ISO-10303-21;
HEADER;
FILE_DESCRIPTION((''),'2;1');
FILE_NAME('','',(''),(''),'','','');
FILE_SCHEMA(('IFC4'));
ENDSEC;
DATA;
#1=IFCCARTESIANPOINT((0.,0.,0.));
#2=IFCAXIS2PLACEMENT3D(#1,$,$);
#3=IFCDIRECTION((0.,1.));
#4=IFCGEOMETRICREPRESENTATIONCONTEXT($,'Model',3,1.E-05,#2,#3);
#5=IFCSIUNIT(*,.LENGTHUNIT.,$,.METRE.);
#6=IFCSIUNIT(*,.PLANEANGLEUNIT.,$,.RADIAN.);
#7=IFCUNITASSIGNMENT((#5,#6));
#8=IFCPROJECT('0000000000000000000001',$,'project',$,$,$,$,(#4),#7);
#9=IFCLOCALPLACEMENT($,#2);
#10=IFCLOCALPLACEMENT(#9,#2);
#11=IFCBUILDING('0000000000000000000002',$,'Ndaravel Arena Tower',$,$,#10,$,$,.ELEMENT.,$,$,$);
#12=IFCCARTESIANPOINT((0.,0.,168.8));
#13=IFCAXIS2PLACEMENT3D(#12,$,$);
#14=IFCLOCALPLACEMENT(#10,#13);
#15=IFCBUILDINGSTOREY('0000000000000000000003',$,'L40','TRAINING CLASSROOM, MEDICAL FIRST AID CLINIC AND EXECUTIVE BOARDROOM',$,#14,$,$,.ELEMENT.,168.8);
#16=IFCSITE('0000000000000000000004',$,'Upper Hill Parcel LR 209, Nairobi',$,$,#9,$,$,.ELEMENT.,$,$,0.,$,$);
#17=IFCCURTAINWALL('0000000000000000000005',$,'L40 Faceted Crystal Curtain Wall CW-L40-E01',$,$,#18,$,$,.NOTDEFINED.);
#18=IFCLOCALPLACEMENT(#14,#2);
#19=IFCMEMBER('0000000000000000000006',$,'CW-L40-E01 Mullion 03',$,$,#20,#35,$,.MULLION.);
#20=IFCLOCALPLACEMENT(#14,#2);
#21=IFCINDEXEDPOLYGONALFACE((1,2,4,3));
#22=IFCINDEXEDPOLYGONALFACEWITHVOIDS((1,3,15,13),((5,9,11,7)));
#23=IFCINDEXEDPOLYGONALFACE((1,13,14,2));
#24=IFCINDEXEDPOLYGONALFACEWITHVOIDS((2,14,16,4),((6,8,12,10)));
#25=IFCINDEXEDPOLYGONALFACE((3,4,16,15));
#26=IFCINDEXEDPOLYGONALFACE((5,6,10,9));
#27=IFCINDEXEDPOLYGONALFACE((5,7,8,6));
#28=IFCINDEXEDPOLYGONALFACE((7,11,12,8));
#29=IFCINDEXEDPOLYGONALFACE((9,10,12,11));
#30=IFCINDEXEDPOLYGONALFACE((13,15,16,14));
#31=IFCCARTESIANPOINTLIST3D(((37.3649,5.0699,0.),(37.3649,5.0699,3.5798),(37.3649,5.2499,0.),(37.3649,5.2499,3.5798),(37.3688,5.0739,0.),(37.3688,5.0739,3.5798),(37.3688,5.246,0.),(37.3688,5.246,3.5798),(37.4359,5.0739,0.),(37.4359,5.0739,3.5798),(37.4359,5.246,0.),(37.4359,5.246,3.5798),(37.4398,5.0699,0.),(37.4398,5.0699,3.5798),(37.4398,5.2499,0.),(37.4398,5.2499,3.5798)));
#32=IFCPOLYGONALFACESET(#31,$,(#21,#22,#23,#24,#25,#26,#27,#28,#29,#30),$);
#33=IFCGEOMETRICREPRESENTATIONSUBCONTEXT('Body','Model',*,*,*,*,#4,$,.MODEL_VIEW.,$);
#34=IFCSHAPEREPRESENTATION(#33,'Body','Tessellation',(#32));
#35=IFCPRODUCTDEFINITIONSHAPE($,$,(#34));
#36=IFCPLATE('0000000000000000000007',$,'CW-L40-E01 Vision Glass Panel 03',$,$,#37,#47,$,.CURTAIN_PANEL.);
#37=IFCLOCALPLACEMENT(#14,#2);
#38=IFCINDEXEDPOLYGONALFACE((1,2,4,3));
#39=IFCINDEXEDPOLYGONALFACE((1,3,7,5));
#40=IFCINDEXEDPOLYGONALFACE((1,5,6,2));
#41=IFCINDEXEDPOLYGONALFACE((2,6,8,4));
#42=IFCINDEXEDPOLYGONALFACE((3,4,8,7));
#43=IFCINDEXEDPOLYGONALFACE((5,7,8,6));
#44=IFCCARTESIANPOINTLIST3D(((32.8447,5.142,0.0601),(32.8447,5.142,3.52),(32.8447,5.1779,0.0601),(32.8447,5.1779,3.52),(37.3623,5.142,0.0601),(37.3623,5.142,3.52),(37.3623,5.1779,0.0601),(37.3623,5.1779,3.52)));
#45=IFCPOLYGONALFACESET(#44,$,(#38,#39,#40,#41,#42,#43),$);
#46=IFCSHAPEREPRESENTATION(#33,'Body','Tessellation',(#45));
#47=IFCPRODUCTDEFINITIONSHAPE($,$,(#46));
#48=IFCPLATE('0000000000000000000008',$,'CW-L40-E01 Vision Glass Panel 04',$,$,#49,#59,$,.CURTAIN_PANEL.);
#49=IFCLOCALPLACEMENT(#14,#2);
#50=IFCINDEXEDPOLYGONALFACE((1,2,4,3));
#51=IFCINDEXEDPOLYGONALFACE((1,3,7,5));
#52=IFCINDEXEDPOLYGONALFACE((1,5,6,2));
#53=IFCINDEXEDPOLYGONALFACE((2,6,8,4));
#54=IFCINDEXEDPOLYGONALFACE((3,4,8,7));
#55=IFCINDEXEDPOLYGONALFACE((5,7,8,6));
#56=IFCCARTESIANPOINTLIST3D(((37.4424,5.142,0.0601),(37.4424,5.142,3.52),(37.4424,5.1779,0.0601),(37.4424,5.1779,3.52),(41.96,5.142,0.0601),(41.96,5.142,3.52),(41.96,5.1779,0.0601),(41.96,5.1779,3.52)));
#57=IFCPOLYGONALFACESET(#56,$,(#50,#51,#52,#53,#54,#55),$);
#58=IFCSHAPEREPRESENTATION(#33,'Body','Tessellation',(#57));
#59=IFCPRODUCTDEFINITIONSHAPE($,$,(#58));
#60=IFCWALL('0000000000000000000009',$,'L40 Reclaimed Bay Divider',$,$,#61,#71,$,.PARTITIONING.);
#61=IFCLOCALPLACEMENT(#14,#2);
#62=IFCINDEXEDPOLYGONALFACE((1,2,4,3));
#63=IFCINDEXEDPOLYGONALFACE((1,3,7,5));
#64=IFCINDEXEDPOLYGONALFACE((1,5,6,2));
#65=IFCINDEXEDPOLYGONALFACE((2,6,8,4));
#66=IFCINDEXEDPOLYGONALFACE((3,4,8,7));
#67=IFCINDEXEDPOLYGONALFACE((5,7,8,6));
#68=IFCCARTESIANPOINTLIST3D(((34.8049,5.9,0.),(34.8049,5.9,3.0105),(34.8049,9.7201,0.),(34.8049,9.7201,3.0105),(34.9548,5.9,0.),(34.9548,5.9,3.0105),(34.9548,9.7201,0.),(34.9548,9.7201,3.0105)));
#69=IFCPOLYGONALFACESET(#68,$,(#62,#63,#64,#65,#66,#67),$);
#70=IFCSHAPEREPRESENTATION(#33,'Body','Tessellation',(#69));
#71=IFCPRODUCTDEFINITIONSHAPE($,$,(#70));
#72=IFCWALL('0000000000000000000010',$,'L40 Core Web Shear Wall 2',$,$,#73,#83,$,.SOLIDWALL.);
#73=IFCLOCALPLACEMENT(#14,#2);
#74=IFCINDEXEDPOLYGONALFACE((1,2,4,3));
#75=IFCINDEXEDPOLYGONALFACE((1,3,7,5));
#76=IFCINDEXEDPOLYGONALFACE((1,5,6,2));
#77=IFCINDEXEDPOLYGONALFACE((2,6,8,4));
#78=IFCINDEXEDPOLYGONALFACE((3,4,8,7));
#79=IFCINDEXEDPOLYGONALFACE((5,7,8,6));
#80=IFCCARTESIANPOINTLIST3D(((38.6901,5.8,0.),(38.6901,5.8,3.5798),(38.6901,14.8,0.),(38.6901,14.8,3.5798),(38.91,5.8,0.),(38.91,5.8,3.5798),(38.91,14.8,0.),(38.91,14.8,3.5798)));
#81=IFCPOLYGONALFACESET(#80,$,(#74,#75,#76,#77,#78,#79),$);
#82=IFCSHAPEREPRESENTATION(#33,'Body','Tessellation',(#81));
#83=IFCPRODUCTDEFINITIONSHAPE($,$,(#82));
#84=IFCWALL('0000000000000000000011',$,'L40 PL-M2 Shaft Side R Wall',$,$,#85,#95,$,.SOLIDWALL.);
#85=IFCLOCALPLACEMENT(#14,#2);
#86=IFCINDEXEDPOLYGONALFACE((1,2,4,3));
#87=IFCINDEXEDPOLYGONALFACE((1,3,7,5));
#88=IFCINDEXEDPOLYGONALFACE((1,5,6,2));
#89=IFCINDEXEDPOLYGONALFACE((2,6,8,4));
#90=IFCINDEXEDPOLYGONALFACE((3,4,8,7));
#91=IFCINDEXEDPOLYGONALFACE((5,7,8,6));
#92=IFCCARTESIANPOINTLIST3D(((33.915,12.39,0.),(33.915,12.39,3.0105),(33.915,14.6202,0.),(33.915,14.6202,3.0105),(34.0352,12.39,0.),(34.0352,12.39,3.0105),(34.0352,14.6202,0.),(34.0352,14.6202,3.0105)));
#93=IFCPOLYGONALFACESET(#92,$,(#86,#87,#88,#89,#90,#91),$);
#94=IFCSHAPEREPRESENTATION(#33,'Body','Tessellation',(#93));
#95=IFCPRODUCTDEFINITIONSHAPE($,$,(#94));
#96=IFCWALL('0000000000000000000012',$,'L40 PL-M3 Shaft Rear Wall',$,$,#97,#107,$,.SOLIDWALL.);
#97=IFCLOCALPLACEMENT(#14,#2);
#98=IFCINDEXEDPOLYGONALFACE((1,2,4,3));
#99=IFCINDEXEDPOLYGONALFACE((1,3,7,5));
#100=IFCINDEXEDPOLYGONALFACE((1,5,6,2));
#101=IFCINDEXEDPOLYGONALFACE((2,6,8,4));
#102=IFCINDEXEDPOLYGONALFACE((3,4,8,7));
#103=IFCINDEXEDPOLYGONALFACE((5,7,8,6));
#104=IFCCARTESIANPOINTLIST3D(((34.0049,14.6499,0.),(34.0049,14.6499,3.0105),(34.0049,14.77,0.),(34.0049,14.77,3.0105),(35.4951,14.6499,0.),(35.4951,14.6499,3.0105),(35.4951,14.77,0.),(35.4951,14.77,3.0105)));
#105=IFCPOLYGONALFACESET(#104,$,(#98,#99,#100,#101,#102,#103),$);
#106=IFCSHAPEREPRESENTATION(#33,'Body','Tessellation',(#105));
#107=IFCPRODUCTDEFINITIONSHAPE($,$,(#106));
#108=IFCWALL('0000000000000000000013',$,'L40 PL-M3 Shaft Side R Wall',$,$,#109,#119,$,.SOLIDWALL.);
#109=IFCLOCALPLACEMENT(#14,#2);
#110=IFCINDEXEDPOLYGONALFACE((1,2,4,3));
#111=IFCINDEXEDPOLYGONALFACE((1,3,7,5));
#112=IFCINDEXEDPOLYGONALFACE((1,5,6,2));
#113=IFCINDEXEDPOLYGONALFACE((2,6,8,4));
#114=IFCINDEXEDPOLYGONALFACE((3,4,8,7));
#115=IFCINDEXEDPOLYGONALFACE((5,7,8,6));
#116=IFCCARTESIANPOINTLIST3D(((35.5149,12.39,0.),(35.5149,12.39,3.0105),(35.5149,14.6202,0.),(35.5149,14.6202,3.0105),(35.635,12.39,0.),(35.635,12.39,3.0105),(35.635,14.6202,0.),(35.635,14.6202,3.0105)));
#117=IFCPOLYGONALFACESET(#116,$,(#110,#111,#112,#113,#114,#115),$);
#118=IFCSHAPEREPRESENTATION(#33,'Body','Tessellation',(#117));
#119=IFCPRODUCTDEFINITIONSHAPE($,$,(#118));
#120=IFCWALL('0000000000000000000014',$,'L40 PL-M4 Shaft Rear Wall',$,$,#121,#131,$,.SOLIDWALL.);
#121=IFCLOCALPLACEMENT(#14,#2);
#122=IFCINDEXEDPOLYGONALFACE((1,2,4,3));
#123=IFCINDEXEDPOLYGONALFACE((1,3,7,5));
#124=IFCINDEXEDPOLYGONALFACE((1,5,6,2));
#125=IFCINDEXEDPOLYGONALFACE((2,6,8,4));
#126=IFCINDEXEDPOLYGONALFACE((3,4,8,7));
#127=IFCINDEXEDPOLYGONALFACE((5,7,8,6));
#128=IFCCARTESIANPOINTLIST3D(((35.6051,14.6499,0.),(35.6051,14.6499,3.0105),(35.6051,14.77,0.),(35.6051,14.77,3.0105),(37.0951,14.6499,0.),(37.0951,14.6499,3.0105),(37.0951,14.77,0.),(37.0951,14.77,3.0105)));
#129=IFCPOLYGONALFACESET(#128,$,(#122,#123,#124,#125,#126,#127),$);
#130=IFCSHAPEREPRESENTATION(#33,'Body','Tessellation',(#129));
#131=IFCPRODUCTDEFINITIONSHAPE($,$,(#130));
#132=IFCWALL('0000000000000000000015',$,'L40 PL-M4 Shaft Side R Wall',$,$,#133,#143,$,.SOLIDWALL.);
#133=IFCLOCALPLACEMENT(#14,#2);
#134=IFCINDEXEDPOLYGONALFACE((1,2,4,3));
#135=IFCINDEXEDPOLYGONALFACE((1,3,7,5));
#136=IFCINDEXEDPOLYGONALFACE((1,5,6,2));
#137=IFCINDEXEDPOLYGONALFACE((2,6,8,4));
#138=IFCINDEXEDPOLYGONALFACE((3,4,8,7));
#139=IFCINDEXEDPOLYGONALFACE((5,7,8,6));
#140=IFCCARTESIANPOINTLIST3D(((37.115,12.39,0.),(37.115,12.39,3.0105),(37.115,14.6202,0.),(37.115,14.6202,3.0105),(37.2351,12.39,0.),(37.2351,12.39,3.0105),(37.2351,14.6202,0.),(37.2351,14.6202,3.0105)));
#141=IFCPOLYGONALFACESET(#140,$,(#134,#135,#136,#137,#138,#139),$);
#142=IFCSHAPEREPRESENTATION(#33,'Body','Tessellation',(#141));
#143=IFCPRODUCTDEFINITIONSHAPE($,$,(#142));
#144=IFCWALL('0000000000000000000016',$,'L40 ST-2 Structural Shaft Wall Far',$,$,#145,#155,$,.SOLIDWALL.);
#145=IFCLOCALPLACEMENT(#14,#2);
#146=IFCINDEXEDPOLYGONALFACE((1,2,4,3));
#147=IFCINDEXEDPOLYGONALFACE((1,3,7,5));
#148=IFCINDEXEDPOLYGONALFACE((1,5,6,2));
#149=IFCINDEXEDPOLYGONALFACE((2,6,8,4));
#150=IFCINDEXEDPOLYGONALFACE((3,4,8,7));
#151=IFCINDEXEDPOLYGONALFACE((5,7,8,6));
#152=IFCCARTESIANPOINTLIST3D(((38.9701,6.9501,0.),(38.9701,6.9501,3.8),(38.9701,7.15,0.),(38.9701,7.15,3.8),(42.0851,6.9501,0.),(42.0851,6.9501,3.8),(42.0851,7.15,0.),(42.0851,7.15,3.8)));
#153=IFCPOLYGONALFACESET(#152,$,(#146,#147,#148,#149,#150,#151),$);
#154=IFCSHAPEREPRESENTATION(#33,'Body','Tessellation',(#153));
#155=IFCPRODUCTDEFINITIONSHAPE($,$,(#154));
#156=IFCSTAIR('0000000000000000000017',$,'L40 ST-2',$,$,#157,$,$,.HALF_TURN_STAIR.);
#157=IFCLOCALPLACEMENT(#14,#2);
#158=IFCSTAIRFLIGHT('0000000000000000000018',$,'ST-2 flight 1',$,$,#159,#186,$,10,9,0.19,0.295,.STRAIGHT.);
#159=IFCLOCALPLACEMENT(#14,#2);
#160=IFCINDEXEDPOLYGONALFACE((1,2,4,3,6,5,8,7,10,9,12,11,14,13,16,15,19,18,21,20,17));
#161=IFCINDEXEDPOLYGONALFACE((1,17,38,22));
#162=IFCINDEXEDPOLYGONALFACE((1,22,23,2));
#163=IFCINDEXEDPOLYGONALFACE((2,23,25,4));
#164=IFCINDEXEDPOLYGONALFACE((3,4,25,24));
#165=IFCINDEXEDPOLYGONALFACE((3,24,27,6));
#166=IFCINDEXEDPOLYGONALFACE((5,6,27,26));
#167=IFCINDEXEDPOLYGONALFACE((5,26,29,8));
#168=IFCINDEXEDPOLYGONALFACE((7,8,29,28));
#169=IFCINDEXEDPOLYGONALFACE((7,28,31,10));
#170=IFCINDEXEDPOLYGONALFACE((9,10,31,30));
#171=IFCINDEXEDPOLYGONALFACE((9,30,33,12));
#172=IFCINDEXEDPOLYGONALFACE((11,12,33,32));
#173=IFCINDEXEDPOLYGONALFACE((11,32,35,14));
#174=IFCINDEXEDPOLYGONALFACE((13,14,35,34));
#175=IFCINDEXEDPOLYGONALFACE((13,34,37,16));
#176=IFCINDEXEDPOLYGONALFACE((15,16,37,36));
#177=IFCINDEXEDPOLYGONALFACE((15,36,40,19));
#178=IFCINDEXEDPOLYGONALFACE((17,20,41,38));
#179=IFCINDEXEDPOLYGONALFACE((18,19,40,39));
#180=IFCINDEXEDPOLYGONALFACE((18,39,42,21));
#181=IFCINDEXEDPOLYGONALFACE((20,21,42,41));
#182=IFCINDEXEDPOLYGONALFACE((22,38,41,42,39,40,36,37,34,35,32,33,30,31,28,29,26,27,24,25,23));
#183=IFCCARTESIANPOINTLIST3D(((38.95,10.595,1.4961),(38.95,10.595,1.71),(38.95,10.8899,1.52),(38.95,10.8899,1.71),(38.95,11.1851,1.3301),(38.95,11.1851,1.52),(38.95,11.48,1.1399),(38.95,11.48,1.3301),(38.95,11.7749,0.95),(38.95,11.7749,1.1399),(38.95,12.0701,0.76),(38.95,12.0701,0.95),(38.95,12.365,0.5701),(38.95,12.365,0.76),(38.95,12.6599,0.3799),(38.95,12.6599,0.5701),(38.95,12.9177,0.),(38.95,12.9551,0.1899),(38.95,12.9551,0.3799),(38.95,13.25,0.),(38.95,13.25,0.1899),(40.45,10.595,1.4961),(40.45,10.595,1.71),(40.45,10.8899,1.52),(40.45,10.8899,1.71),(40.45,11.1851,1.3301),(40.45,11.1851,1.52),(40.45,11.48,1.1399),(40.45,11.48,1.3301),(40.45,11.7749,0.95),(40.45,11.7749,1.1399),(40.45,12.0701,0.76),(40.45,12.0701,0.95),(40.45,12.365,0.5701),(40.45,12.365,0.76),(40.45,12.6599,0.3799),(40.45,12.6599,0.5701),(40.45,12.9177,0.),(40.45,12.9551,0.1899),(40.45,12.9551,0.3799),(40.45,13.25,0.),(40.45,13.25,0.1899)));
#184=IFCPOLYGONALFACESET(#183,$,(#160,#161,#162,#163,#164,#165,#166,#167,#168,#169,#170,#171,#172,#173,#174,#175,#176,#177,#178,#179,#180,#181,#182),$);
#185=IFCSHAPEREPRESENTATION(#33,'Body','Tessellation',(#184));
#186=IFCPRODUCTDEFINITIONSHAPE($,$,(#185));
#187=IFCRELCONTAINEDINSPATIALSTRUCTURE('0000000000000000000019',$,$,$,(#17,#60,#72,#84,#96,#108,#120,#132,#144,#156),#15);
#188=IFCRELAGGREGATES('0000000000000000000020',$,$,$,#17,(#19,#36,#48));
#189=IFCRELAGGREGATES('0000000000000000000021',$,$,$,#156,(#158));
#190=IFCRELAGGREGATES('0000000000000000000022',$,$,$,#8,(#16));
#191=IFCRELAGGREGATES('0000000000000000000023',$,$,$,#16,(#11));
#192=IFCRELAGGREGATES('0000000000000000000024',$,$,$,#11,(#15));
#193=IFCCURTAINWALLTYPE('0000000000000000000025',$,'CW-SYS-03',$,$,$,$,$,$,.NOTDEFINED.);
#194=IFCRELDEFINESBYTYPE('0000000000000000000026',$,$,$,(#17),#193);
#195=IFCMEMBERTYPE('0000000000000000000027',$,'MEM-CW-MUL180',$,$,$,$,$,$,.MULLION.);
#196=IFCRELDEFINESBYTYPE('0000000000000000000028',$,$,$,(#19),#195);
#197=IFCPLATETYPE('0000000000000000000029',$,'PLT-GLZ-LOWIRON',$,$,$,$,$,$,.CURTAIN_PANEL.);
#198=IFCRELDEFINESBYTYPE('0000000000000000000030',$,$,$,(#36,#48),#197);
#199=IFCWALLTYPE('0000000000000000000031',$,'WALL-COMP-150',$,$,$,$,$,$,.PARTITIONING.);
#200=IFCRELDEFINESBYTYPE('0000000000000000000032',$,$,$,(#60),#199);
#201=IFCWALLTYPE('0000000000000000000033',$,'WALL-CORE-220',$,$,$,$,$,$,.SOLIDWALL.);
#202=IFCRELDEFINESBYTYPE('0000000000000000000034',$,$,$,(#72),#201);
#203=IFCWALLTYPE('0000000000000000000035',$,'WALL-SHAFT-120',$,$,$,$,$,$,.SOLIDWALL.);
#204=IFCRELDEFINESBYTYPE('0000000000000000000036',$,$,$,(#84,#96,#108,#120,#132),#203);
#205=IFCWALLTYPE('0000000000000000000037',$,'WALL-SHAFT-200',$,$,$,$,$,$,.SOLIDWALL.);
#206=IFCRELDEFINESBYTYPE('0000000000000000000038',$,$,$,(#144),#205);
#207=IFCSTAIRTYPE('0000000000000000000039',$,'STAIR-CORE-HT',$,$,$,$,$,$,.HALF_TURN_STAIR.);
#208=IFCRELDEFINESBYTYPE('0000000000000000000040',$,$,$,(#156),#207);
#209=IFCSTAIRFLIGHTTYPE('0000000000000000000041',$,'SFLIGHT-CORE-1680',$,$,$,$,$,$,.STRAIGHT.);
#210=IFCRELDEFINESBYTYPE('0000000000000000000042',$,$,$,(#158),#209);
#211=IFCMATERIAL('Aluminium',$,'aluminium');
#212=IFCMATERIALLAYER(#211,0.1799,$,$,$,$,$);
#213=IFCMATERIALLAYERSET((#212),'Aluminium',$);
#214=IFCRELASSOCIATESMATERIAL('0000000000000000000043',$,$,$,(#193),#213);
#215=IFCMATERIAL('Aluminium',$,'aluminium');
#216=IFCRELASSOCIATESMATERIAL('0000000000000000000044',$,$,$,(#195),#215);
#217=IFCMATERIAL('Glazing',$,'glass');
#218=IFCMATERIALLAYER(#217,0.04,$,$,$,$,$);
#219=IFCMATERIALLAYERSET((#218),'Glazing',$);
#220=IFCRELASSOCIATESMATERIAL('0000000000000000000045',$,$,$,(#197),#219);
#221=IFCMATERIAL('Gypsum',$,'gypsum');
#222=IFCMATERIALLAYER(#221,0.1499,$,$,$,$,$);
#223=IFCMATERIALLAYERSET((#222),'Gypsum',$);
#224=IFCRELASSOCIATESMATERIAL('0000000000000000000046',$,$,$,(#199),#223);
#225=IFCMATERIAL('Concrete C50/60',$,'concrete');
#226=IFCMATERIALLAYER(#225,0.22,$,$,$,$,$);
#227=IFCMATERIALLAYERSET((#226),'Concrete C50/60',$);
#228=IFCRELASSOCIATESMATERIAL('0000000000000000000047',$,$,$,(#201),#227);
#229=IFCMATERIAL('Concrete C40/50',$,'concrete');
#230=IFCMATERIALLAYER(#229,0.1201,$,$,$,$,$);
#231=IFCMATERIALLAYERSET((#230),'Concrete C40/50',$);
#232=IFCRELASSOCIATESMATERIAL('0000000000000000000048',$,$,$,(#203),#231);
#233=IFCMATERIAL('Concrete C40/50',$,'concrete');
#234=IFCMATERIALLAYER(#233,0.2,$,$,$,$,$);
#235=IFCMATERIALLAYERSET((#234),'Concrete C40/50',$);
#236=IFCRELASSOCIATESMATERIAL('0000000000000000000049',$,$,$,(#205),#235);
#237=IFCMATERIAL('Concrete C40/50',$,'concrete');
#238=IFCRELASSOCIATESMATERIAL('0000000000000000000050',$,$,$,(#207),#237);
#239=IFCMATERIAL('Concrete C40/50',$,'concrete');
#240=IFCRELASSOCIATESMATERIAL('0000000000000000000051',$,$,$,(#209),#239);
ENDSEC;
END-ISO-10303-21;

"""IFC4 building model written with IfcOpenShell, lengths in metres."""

from ifc_helpers import new_model, si_unit, direction, frame, frame_2d, origin, origin_2d, place, context, subcontext, project, spatial, polyline, rectangle, hollow_rectangle, outline, extrude, material, layer, layer_set, material_profile, profile_set, type_object, element, aggregate, save


model = new_model("IFC4")

# Units and contexts
model_context = context("Model", 3, precision=1e-05, world=origin(), true_north=direction((0.0, 1.0)))
body_context = subcontext(model_context, "Body", "Model", "MODEL_VIEW")
ifc_project = project(units=[si_unit("LENGTHUNIT", "METRE"), si_unit("PLANEANGLEUNIT", "RADIAN")], contexts=[model_context])

# Site, building, storey
site_placement = place(None, origin())
site = spatial("IfcSite", under=ifc_project, at=site_placement, Name="Upper Hill Parcel LR 209, Nairobi", CompositionType="ELEMENT", RefElevation=0.0)
building_placement = place(site_placement, origin())
building = spatial("IfcBuilding", under=site, at=building_placement, Name="Ndaravel Arena Tower", CompositionType="ELEMENT")
storey_placement = place(building_placement, frame((0.0, 0.0, 168.8)))
storey = spatial("IfcBuildingStorey", under=building, at=storey_placement, Name="L40", Description="TRAINING CLASSROOM, MEDICAL FIRST AID CLINIC AND EXECUTIVE BOARDROOM", CompositionType="ELEMENT", Elevation=168.8)

# Curtain wall, member, plates
ifc_material_1 = material(Name="Aluminium", Category="aluminium")
ifc_layer_1 = layer(ifc_material_1, 0.1799)
ifc_layer_set_1 = layer_set([ifc_layer_1], Name="Aluminium")
curtain_wall_type = type_object("IfcCurtainWallType", Name="CW-SYS-03", PredefinedType="NOTDEFINED", material=ifc_layer_set_1)
curtain_wall_placement = place(storey_placement, origin())
curtain_wall = element("IfcCurtainWall", 1, at=curtain_wall_placement, inside=storey, type_object=curtain_wall_type, Name="L40 Faceted Crystal Curtain Wall CW-L40-E01", PredefinedType="NOTDEFINED")
ifc_material_2 = material(Name="Aluminium", Category="aluminium")
ifc_material_profile = material_profile(ifc_material_2, hollow_rectangle(XDim=0.075, YDim=0.1799, WallThickness=0.0039, at=origin_2d()), Name="CW MULLION 75x180x4")
ifc_profile_set = profile_set([ifc_material_profile], Name="Aluminium")
member_type = type_object("IfcMemberType", Name="MEM-CW-MUL180", PredefinedType="MULLION", material=ifc_profile_set)
member_placement = place(storey_placement, frame((37.4023, 5.1599, 0.0), z_axis=(0.0, 0.0, 1.0), x_axis=(1.0, 0.0, 0.0)))
member = element("IfcMember", 2, at=member_placement, type_object=member_type, Name="CW-L40-E01 Mullion 03", PredefinedType="MULLION", context=body_context, shape_type="SweptSolid", body=[
    extrude(hollow_rectangle(XDim=0.075, YDim=0.1799, WallThickness=0.0039, at=origin_2d()), origin(), (0.0, 0.0, 1.0), 3.5798),
])
ifc_material_3 = material(Name="Glazing", Category="glass")
ifc_layer_2 = layer(ifc_material_3, 0.04)
ifc_layer_set_2 = layer_set([ifc_layer_2], Name="Glazing")
plate_type = type_object("IfcPlateType", Name="PLT-GLZ-LOWIRON", PredefinedType="CURTAIN_PANEL", material=ifc_layer_set_2)
plate_1_placement = place(storey_placement, frame((35.1035, 5.1599, 0.0601), z_axis=(0.0, 0.0, 1.0), x_axis=(1.0, 0.0, 0.0)))
plate_1 = element("IfcPlate", 3, at=plate_1_placement, type_object=plate_type, Name="CW-L40-E01 Vision Glass Panel 03", PredefinedType="CURTAIN_PANEL", context=body_context, shape_type="SweptSolid", body=[
    extrude(rectangle(XDim=4.5176, YDim=0.0359, at=origin_2d()), origin(), (0.0, 0.0, 1.0), 3.46),
])
plate_2_placement = place(storey_placement, frame((39.7012, 5.1599, 0.0601), z_axis=(0.0, 0.0, 1.0), x_axis=(1.0, 0.0, 0.0)))
plate_2 = element("IfcPlate", 4, at=plate_2_placement, type_object=plate_type, Name="CW-L40-E01 Vision Glass Panel 04", PredefinedType="CURTAIN_PANEL", context=body_context, shape_type="SweptSolid", body=[
    extrude(rectangle(XDim=4.5176, YDim=0.0359, at=origin_2d()), origin(), (0.0, 0.0, 1.0), 3.46),
])
aggregate(curtain_wall, [member, plate_1, plate_2])

# Walls
ifc_material_4 = material(Name="Gypsum", Category="gypsum")
ifc_layer_3 = layer(ifc_material_4, 0.1499)
ifc_layer_set_3 = layer_set([ifc_layer_3], Name="Gypsum")
wall_type_1 = type_object("IfcWallType", Name="WALL-COMP-150", PredefinedType="PARTITIONING", material=ifc_layer_set_3)
wall_1_placement = place(storey_placement, frame((34.8799, 5.8999, 0.0), z_axis=(0.0, 0.0, 1.0), x_axis=(0.0, 1.0, 0.0)))
element("IfcWall", 5, at=wall_1_placement, inside=storey, type_object=wall_type_1, Name="L40 Reclaimed Bay Divider", PredefinedType="PARTITIONING", context=body_context, shape_type="SweptSolid", body=[
    extrude(rectangle(XDim=3.8201, YDim=0.1499, at=frame_2d((1.9102, 0.0))), origin(), (0.0, 0.0, 1.0), 3.0105),
])
ifc_material_5 = material(Name="Concrete C50/60", Category="concrete")
ifc_layer_4 = layer(ifc_material_5, 0.22)
ifc_layer_set_4 = layer_set([ifc_layer_4], Name="Concrete C50/60")
wall_type_2 = type_object("IfcWallType", Name="WALL-CORE-220", PredefinedType="SOLIDWALL", material=ifc_layer_set_4)
wall_2_placement = place(storey_placement, frame((38.8, 5.8, 0.0), z_axis=(0.0, 0.0, 1.0), x_axis=(0.0, 1.0, 0.0)))
element("IfcWall", 6, at=wall_2_placement, inside=storey, type_object=wall_type_2, Name="L40 Core Web Shear Wall 2", PredefinedType="SOLIDWALL", context=body_context, shape_type="SweptSolid", body=[
    extrude(rectangle(XDim=9.0, YDim=0.22, at=frame_2d((4.5, 0.0))), origin(), (0.0, 0.0, 1.0), 3.5798),
])
ifc_material_6 = material(Name="Concrete C40/50", Category="concrete")
ifc_layer_5 = layer(ifc_material_6, 0.1201)
ifc_layer_set_5 = layer_set([ifc_layer_5], Name="Concrete C40/50")
wall_type_3 = type_object("IfcWallType", Name="WALL-SHAFT-120", PredefinedType="SOLIDWALL", material=ifc_layer_set_5)
wall_3_placement = place(storey_placement, frame((33.9751, 12.3899, 0.0), z_axis=(0.0, 0.0, 1.0), x_axis=(0.0, 1.0, 0.0)))
element("IfcWall", 7, at=wall_3_placement, inside=storey, type_object=wall_type_3, Name="L40 PL-M2 Shaft Side R Wall", PredefinedType="SOLIDWALL", context=body_context, shape_type="SweptSolid", body=[
    extrude(rectangle(XDim=2.2302, YDim=0.1201, at=frame_2d((1.1152, 0.0))), origin(), (0.0, 0.0, 1.0), 3.0105),
])
wall_4_placement = place(storey_placement, frame((34.0049, 14.71, 0.0), z_axis=(0.0, 0.0, 1.0), x_axis=(1.0, 0.0, 0.0)))
element("IfcWall", 8, at=wall_4_placement, inside=storey, type_object=wall_type_3, Name="L40 PL-M3 Shaft Rear Wall", PredefinedType="SOLIDWALL", context=body_context, shape_type="SweptSolid", body=[
    extrude(rectangle(XDim=1.4902, YDim=0.1201, at=frame_2d((0.7451, 0.0))), origin(), (0.0, 0.0, 1.0), 3.0105),
])
wall_5_placement = place(storey_placement, frame((35.575, 12.3899, 0.0), z_axis=(0.0, 0.0, 1.0), x_axis=(0.0, 1.0, 0.0)))
element("IfcWall", 9, at=wall_5_placement, inside=storey, type_object=wall_type_3, Name="L40 PL-M3 Shaft Side R Wall", PredefinedType="SOLIDWALL", context=body_context, shape_type="SweptSolid", body=[
    extrude(rectangle(XDim=2.2302, YDim=0.1201, at=frame_2d((1.1152, 0.0))), origin(), (0.0, 0.0, 1.0), 3.0105),
])
wall_6_placement = place(storey_placement, frame((35.605, 14.71, 0.0), z_axis=(0.0, 0.0, 1.0), x_axis=(1.0, 0.0, 0.0)))
element("IfcWall", 10, at=wall_6_placement, inside=storey, type_object=wall_type_3, Name="L40 PL-M4 Shaft Rear Wall", PredefinedType="SOLIDWALL", context=body_context, shape_type="SweptSolid", body=[
    extrude(rectangle(XDim=1.49, YDim=0.1201, at=frame_2d((0.7451, 0.0))), origin(), (0.0, 0.0, 1.0), 3.0105),
])
wall_7_placement = place(storey_placement, frame((37.175, 12.3899, 0.0), z_axis=(0.0, 0.0, 1.0), x_axis=(0.0, 1.0, 0.0)))
element("IfcWall", 11, at=wall_7_placement, inside=storey, type_object=wall_type_3, Name="L40 PL-M4 Shaft Side R Wall", PredefinedType="SOLIDWALL", context=body_context, shape_type="SweptSolid", body=[
    extrude(rectangle(XDim=2.2302, YDim=0.1201, at=frame_2d((1.1152, 0.0))), origin(), (0.0, 0.0, 1.0), 3.0105),
])
ifc_material_7 = material(Name="Concrete C40/50", Category="concrete")
ifc_layer_6 = layer(ifc_material_7, 0.2)
ifc_layer_set_6 = layer_set([ifc_layer_6], Name="Concrete C40/50")
wall_type_4 = type_object("IfcWallType", Name="WALL-SHAFT-200", PredefinedType="SOLIDWALL", material=ifc_layer_set_6)
wall_8_placement = place(storey_placement, frame((38.97, 7.05, 0.0), z_axis=(0.0, 0.0, 1.0), x_axis=(1.0, 0.0, 0.0)))
element("IfcWall", 12, at=wall_8_placement, inside=storey, type_object=wall_type_4, Name="L40 ST-2 Structural Shaft Wall Far", PredefinedType="SOLIDWALL", context=body_context, shape_type="SweptSolid", body=[
    extrude(rectangle(XDim=3.115, YDim=0.2, at=frame_2d((1.5576, 0.0))), origin(), (0.0, 0.0, 1.0), 3.8),
])

# Stair, stair flight
ifc_material_8 = material(Name="Concrete C40/50", Category="concrete")
stair_type = type_object("IfcStairType", Name="STAIR-CORE-HT", PredefinedType="HALF_TURN_STAIR", material=ifc_material_8)
stair_placement = place(storey_placement, origin())
stair = element("IfcStair", 13, at=stair_placement, inside=storey, type_object=stair_type, Name="L40 ST-2", PredefinedType="HALF_TURN_STAIR")
ifc_material_9 = material(Name="Concrete C40/50", Category="concrete")
stair_flight_type = type_object("IfcStairFlightType", Name="SFLIGHT-CORE-1680", PredefinedType="STRAIGHT", material=ifc_material_9)
stair_flight_1_placement = place(storey_placement, frame((39.7, 13.25, 0.0), z_axis=(0.0, 0.0, 1.0), x_axis=(0.0, -1.0, 0.0)))
stair_flight_1 = element("IfcStairFlight", 14, at=stair_flight_1_placement, type_object=stair_flight_type, Name="ST-2 flight 1", NumberOfRisers=10, NumberOfTreads=9, PredefinedType="STRAIGHT", RiserHeight=0.19, TreadLength=0.295, context=body_context, shape_type="SweptSolid", body=[
    extrude(outline(polyline([(0.0, 0.0), (0.0, 0.1899), (0.2949, 0.1899), (0.2949, 0.3799), (0.5901, 0.3799), (0.5901, 0.5701), (0.885, 0.5701), (0.885, 0.76), (1.1799, 0.76), (1.1799, 0.95), (1.4751, 0.95), (1.4751, 1.1399), (1.77, 1.1399), (1.77, 1.3301), (2.0649, 1.3301), (2.0649, 1.52), (2.3601, 1.52), (2.3601, 1.71), (2.655, 1.71), (2.655, 1.8999), (2.655, 1.4961), (0.3323, 0.0), (0.0, 0.0)])), frame((0.0, 0.75, 0.0), z_axis=(0.0, -1.0, 0.0), x_axis=(1.0, 0.0, 0.0)), (0.0, 0.0, 1.0), 1.5),
])
aggregate(stair, [stair_flight_1])

save(model, "model.ifc")
